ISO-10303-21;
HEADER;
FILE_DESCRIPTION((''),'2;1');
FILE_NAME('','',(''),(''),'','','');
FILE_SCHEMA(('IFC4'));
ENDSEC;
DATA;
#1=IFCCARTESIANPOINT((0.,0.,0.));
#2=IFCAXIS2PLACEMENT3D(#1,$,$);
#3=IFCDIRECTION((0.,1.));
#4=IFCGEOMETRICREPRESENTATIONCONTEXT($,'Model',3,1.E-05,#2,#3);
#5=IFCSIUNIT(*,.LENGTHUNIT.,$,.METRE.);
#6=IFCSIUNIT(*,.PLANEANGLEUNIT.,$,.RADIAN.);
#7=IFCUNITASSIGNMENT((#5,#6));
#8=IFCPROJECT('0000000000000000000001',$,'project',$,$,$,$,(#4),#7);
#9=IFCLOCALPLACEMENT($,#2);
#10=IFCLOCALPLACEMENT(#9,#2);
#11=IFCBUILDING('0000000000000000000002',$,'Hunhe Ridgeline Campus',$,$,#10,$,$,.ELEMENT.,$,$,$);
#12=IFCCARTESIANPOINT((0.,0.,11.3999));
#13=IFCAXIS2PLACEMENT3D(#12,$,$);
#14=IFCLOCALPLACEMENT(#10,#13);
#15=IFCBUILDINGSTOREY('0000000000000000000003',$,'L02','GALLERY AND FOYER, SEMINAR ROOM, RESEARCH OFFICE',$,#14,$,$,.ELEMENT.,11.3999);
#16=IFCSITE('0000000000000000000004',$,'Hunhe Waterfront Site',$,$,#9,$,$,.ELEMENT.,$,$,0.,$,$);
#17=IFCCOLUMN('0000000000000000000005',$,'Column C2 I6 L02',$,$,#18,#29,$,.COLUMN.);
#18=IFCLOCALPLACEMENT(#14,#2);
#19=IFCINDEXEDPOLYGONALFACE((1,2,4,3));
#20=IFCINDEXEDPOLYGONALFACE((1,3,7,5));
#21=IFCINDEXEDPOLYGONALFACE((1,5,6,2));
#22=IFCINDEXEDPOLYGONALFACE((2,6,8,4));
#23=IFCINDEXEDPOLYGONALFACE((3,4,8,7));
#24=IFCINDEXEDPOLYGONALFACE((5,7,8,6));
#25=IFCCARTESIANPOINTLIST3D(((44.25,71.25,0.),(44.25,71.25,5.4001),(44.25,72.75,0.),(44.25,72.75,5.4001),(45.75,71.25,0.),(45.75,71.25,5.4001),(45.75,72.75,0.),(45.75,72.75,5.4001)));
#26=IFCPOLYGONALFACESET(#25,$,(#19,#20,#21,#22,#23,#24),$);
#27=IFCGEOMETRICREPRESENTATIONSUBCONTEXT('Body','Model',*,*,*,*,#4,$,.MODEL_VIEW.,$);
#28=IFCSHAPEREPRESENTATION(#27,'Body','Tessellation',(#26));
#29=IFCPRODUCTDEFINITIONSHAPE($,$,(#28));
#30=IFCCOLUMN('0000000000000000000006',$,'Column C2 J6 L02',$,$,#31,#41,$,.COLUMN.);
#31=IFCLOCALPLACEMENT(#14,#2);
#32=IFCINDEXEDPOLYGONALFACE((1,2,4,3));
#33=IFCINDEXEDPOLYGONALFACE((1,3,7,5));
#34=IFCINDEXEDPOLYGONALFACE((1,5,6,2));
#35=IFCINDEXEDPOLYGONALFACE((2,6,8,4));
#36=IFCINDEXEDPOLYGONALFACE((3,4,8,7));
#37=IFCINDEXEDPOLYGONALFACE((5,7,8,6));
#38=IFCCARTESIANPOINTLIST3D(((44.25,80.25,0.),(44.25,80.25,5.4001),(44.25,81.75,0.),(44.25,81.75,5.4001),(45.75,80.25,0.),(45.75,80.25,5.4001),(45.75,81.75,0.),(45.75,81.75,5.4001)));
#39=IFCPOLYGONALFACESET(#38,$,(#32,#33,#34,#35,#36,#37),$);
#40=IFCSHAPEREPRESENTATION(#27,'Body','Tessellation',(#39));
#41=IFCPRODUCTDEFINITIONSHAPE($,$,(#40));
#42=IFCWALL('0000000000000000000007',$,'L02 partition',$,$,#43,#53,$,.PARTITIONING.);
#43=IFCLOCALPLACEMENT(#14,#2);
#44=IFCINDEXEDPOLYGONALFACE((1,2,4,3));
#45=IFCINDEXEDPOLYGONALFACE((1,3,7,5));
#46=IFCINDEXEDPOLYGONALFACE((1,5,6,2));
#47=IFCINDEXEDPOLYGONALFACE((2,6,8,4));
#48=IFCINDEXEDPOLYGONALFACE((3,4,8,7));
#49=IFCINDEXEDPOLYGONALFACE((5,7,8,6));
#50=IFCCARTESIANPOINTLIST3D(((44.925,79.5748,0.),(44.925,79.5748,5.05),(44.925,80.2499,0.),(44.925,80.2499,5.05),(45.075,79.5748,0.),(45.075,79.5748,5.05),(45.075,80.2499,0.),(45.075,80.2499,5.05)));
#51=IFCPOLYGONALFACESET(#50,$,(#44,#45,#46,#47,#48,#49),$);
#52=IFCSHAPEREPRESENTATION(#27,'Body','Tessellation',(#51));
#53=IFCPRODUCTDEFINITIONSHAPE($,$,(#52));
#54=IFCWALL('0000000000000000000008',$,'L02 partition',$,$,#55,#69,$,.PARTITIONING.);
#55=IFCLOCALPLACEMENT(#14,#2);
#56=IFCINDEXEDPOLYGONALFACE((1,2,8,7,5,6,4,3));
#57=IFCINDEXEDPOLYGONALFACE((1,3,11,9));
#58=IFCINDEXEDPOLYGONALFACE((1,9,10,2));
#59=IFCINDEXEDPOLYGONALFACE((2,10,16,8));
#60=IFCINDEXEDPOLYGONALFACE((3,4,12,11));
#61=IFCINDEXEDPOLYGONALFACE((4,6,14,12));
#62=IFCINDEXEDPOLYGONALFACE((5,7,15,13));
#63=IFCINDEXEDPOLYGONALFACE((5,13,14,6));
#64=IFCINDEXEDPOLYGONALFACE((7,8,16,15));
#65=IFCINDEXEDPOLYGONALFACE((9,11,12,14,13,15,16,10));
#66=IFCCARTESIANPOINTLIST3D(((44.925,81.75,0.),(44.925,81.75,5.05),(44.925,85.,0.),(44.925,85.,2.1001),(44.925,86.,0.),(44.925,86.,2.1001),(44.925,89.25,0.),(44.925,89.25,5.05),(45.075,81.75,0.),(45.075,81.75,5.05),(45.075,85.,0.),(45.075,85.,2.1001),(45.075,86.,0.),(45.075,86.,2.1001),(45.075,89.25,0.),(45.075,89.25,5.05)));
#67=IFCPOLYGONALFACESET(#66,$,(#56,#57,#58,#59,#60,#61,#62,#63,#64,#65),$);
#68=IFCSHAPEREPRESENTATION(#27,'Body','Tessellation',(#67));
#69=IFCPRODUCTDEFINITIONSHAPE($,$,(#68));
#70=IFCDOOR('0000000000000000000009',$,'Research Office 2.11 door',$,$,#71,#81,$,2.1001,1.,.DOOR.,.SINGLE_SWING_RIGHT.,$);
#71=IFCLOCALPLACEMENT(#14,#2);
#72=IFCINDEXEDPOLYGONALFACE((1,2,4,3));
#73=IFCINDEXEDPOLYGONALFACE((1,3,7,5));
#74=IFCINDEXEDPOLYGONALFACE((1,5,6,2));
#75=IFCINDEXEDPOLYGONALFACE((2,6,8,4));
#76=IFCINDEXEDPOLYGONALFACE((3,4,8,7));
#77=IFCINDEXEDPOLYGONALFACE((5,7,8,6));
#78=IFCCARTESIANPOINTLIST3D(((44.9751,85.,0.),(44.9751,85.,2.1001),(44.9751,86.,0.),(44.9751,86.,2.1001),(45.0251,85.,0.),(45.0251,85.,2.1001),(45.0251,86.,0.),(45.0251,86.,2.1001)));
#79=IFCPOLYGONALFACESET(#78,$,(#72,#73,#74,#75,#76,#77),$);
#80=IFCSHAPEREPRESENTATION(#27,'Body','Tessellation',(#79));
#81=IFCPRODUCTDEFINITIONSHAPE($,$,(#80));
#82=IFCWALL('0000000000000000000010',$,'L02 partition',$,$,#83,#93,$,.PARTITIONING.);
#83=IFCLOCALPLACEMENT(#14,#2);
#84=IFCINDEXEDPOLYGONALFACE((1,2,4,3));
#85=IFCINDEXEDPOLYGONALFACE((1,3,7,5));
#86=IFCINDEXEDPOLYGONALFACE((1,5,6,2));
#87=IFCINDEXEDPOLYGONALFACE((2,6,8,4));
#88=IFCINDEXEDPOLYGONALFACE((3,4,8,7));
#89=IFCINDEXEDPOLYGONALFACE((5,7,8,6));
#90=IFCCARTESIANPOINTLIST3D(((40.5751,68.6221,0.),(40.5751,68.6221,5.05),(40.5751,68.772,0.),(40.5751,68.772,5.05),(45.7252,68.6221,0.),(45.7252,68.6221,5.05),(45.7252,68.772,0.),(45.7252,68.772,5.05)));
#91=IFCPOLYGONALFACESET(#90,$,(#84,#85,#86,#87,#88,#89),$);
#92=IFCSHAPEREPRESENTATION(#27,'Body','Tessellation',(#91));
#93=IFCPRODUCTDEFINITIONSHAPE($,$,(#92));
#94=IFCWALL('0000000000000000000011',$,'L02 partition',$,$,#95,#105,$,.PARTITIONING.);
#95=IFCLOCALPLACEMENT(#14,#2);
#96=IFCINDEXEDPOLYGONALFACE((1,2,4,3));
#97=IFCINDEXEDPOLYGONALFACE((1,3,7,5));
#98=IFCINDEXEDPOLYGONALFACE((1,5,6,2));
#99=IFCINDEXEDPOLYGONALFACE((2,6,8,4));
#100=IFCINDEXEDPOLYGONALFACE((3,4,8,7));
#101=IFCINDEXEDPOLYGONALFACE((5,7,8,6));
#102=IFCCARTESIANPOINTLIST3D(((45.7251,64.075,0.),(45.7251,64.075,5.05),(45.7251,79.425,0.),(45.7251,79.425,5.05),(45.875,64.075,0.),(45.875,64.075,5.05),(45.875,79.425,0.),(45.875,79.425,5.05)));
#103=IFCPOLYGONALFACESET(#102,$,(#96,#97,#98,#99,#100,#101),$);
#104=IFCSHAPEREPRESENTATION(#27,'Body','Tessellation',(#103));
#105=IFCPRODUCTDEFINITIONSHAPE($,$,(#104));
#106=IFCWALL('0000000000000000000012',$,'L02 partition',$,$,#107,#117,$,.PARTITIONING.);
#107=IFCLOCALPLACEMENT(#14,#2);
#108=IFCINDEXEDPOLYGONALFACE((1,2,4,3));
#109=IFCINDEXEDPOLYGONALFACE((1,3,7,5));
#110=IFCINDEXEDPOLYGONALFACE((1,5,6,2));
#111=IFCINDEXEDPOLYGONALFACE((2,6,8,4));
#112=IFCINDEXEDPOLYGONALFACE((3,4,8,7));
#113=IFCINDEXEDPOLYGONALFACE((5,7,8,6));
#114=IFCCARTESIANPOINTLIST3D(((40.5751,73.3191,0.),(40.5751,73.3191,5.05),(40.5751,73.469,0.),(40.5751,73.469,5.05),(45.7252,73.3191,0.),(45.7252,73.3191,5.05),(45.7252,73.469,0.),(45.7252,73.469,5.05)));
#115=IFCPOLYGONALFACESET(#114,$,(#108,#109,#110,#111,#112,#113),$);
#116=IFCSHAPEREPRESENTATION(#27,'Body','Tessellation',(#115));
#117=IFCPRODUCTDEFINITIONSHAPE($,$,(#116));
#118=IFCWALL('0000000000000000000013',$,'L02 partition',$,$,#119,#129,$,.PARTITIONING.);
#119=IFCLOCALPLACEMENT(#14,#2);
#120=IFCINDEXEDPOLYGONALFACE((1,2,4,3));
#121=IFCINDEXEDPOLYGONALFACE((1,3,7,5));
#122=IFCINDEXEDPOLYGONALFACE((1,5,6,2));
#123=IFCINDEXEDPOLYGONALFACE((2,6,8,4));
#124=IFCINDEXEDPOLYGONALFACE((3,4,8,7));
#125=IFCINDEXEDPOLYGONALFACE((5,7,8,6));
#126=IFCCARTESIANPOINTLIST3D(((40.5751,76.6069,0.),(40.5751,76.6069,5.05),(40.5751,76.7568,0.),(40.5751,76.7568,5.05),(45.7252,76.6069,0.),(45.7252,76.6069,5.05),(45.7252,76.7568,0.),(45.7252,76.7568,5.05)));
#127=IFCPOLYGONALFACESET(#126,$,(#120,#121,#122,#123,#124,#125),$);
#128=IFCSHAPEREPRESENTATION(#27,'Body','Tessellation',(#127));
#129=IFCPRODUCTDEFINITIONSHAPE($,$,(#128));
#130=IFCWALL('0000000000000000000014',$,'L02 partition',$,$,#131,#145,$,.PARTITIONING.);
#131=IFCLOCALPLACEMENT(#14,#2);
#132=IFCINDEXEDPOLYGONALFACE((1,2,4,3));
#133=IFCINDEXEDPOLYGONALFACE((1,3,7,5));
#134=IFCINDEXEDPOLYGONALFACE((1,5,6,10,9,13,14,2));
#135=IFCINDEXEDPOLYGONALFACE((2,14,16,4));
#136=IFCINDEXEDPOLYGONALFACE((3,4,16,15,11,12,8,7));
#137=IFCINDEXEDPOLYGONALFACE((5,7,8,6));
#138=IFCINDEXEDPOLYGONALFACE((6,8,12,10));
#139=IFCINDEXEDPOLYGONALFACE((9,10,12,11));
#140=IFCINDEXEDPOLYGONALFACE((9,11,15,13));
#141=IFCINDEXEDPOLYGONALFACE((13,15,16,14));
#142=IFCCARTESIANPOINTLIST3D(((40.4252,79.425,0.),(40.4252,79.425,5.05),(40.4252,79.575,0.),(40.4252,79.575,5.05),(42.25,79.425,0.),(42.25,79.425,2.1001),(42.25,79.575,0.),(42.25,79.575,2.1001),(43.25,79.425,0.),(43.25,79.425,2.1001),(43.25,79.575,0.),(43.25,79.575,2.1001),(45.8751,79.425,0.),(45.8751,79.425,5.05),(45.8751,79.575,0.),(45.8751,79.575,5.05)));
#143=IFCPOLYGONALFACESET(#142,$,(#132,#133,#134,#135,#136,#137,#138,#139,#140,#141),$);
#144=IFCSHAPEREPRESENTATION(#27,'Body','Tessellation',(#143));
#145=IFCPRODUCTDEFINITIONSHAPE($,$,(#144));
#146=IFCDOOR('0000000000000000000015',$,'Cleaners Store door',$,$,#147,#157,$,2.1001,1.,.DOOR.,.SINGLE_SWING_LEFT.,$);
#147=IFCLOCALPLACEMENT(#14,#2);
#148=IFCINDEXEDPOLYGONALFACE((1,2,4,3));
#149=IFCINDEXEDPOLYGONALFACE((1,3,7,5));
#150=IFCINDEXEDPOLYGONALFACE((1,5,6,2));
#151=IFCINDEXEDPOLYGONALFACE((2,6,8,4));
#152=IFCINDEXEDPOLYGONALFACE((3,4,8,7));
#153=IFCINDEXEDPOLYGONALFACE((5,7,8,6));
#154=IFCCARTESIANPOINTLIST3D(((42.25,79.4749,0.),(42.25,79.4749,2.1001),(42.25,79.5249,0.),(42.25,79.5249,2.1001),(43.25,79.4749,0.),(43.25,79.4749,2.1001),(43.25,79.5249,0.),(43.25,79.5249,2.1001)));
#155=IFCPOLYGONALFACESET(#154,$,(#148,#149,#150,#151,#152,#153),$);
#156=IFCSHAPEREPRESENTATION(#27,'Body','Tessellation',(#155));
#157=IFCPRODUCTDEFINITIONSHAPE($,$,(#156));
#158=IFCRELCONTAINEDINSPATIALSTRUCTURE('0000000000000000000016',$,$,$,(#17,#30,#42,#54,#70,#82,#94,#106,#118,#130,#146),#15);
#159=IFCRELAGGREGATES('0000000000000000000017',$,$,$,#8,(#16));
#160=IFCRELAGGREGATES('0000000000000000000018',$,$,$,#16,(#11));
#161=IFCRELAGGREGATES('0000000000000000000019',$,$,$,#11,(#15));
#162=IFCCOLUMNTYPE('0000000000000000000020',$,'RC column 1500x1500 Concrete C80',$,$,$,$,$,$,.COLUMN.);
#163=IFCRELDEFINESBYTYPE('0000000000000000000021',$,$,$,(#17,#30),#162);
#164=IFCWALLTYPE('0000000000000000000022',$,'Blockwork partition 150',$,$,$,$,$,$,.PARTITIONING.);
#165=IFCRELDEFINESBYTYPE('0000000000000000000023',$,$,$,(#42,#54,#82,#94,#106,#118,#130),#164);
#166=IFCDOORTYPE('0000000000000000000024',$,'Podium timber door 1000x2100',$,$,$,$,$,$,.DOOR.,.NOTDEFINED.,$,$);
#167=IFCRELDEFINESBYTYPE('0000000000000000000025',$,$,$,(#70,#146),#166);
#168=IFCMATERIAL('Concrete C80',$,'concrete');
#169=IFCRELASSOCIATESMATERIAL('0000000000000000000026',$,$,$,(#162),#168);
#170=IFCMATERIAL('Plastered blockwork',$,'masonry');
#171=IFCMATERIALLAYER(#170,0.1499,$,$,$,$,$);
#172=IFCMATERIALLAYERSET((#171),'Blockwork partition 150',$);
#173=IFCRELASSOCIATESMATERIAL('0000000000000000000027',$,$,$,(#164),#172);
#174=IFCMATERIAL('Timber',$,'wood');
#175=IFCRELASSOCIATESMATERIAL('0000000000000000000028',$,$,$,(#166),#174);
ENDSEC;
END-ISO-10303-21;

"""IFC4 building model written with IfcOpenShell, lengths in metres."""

from ifc_helpers import new_model, si_unit, direction, frame, frame_2d, origin, origin_2d, place, context, subcontext, project, spatial, rectangle, extrude, material, layer, layer_set, material_profile, profile_set, type_object, element, fill, save


model = new_model("IFC4")

# Units and contexts
model_context = context("Model", 3, precision=1e-05, world=origin(), true_north=direction((0.0, 1.0)))
body_context = subcontext(model_context, "Body", "Model", "MODEL_VIEW")
ifc_project = project(units=[si_unit("LENGTHUNIT", "METRE"), si_unit("PLANEANGLEUNIT", "RADIAN")], contexts=[model_context])

# Site, building, storey
site_placement = place(None, origin())
site = spatial("IfcSite", under=ifc_project, at=site_placement, Name="Hunhe Waterfront Site", CompositionType="ELEMENT", RefElevation=0.0)
building_placement = place(site_placement, origin())
building = spatial("IfcBuilding", under=site, at=building_placement, Name="Hunhe Ridgeline Campus", CompositionType="ELEMENT")
storey_placement = place(building_placement, frame((0.0, 0.0, 11.3999)))
storey = spatial("IfcBuildingStorey", under=building, at=storey_placement, Name="L02", Description="GALLERY AND FOYER, SEMINAR ROOM, RESEARCH OFFICE", CompositionType="ELEMENT", Elevation=11.3999)

# Columns
ifc_material_1 = material(Name="Concrete C80", Category="concrete")
ifc_material_profile = material_profile(ifc_material_1, rectangle(XDim=1.5, YDim=1.5, at=origin_2d()))
ifc_profile_set = profile_set([ifc_material_profile], Name="Concrete C80")
column_type = type_object("IfcColumnType", Name="RC column 1500x1500 Concrete C80", PredefinedType="COLUMN", material=ifc_profile_set)
for number, where, z_axis, x_axis, name in (
    (1, (45.0, 72.0, 0.0), (0.0, 0.0, 1.0), (1.0, 0.0, 0.0), "Column C2 I6 L02"),
    (2, (45.0, 81.0, 0.0), (0.0, 0.0, 1.0), (1.0, 0.0, 0.0), "Column C2 J6 L02"),
):
    element("IfcColumn", number, at=place(storey_placement, frame(where, z_axis=z_axis, x_axis=x_axis)), inside=storey, type_object=column_type, Name=name, PredefinedType="COLUMN", context=body_context, shape_type="SweptSolid", body=[
        extrude(rectangle(XDim=1.5, YDim=1.5, at=origin_2d()), origin(), (0.0, 0.0, 1.0), 5.4001),
    ])

# Wall
ifc_material_2 = material(Name="Plastered blockwork", Category="masonry")
ifc_layer = layer(ifc_material_2, 0.1499)
ifc_layer_set = layer_set([ifc_layer], Name="Blockwork partition 150")
wall_type = type_object("IfcWallType", Name="Blockwork partition 150", PredefinedType="PARTITIONING", material=ifc_layer_set)
wall_1_placement = place(storey_placement, frame((45.0, 79.575, 0.0), z_axis=(0.0, 0.0, 1.0), x_axis=(0.0, 1.0, 0.0)))
element("IfcWall", 3, at=wall_1_placement, inside=storey, type_object=wall_type, Name="L02 partition", PredefinedType="PARTITIONING", context=body_context, shape_type="SweptSolid", body=[
    extrude(rectangle(XDim=0.675, YDim=0.1499, at=frame_2d((0.3374, 0.0))), origin(), (0.0, 0.0, 1.0), 5.05),
])

# Wall, opening, door
wall_2_placement = place(storey_placement, frame((45.0, 81.75, 0.0), z_axis=(0.0, 0.0, 1.0), x_axis=(0.0, 1.0, 0.0)))
wall_2 = element("IfcWall", 4, at=wall_2_placement, inside=storey, type_object=wall_type, Name="L02 partition", PredefinedType="PARTITIONING", context=body_context, shape_type="SweptSolid", body=[
    extrude(rectangle(XDim=7.5, YDim=0.1499, at=frame_2d((3.75, 0.0))), origin(), (0.0, 0.0, 1.0), 5.05),
])
opening_1_placement = place(wall_2_placement, frame((3.25, 0.0, 0.0)))
opening_1 = element("IfcOpeningElement", 5, at=opening_1_placement, cuts=wall_2, PredefinedType="OPENING", context=body_context, shape_type="SweptSolid", body=[
    extrude(rectangle(XDim=1.0, YDim=2.1001, at=frame_2d((0.5, 1.05))), frame((0.0, 0.075, 0.0), z_axis=(0.0, -1.0, 0.0), x_axis=(1.0, 0.0, 0.0)), (0.0, 0.0, 1.0), 0.1499),
])
ifc_material_3 = material(Name="Timber", Category="wood")
door_type = type_object("IfcDoorType", Name="Podium timber door 1000x2100", OperationType="NOTDEFINED", PredefinedType="DOOR", material=ifc_material_3)
door_1_placement = place(opening_1_placement, origin())
door_1 = element("IfcDoor", 6, at=door_1_placement, inside=storey, type_object=door_type, Name="Research Office 2.11 door", OperationType="SINGLE_SWING_RIGHT", OverallHeight=2.1001, OverallWidth=1.0, PredefinedType="DOOR", context=body_context, shape_type="SweptSolid", body=[
    extrude(rectangle(XDim=1.0, YDim=2.1001, at=frame_2d((0.5, 1.05))), frame((0.0, 0.0249, 0.0), z_axis=(0.0, -1.0, 0.0), x_axis=(1.0, 0.0, 0.0)), (0.0, 0.0, 1.0), 0.05),
])
fill(opening_1, door_1)

# Walls
wall_3_placement = place(storey_placement, frame((40.575, 68.697, 0.0), z_axis=(0.0, 0.0, 1.0), x_axis=(1.0, 0.0, 0.0)))
element("IfcWall", 7, at=wall_3_placement, inside=storey, type_object=wall_type, Name="L02 partition", PredefinedType="PARTITIONING", context=body_context, shape_type="SweptSolid", body=[
    extrude(rectangle(XDim=5.1501, YDim=0.1499, at=frame_2d((2.5752, 0.0))), origin(), (0.0, 0.0, 1.0), 5.05),
])
wall_4_placement = place(storey_placement, frame((45.8, 79.425, 0.0), z_axis=(0.0, 0.0, 1.0), x_axis=(0.0, -1.0, 0.0)))
element("IfcWall", 8, at=wall_4_placement, inside=storey, type_object=wall_type, Name="L02 partition", PredefinedType="PARTITIONING", context=body_context, shape_type="SweptSolid", body=[
    extrude(rectangle(XDim=15.3501, YDim=0.1499, at=frame_2d((7.675, 0.0))), origin(), (0.0, 0.0, 1.0), 5.05),
])
for number, where, z_axis, x_axis, name in (
    (9, (40.575, 73.394, 0.0), (0.0, 0.0, 1.0), (1.0, 0.0, 0.0), "L02 partition"),
    (10, (40.575, 76.6819, 0.0), (0.0, 0.0, 1.0), (1.0, 0.0, 0.0), "L02 partition"),
):
    element("IfcWall", number, at=place(storey_placement, frame(where, z_axis=z_axis, x_axis=x_axis)), inside=storey, type_object=wall_type, Name=name, PredefinedType="PARTITIONING", context=body_context, shape_type="SweptSolid", body=[
        extrude(rectangle(XDim=5.1501, YDim=0.1499, at=frame_2d((2.5752, 0.0))), origin(), (0.0, 0.0, 1.0), 5.05),
    ])

# Wall, opening, door
wall_5_placement = place(storey_placement, frame((40.425, 79.5, 0.0), z_axis=(0.0, 0.0, 1.0), x_axis=(1.0, 0.0, 0.0)))
wall_5 = element("IfcWall", 11, at=wall_5_placement, inside=storey, type_object=wall_type, Name="L02 partition", PredefinedType="PARTITIONING", context=body_context, shape_type="SweptSolid", body=[
    extrude(rectangle(XDim=5.45, YDim=0.1499, at=frame_2d((2.7251, 0.0))), origin(), (0.0, 0.0, 1.0), 5.05),
])
opening_2_placement = place(wall_5_placement, frame((1.825, 0.0, 0.0)))
opening_2 = element("IfcOpeningElement", 12, at=opening_2_placement, cuts=wall_5, PredefinedType="OPENING", context=body_context, shape_type="SweptSolid", body=[
    extrude(rectangle(XDim=1.0, YDim=2.1001, at=frame_2d((0.5, 1.05))), frame((0.0, 0.075, 0.0), z_axis=(0.0, -1.0, 0.0), x_axis=(1.0, 0.0, 0.0)), (0.0, 0.0, 1.0), 0.1499),
])
door_2_placement = place(opening_2_placement, origin())
door_2 = element("IfcDoor", 13, at=door_2_placement, inside=storey, type_object=door_type, Name="Cleaners Store door", OperationType="SINGLE_SWING_LEFT", OverallHeight=2.1001, OverallWidth=1.0, PredefinedType="DOOR", context=body_context, shape_type="SweptSolid", body=[
    extrude(rectangle(XDim=1.0, YDim=2.1001, at=frame_2d((0.5, 1.05))), frame((0.0, 0.0249, 0.0), z_axis=(0.0, -1.0, 0.0), x_axis=(1.0, 0.0, 0.0)), (0.0, 0.0, 1.0), 0.05),
])
fill(opening_2, door_2)

save(model, "model.ifc")
